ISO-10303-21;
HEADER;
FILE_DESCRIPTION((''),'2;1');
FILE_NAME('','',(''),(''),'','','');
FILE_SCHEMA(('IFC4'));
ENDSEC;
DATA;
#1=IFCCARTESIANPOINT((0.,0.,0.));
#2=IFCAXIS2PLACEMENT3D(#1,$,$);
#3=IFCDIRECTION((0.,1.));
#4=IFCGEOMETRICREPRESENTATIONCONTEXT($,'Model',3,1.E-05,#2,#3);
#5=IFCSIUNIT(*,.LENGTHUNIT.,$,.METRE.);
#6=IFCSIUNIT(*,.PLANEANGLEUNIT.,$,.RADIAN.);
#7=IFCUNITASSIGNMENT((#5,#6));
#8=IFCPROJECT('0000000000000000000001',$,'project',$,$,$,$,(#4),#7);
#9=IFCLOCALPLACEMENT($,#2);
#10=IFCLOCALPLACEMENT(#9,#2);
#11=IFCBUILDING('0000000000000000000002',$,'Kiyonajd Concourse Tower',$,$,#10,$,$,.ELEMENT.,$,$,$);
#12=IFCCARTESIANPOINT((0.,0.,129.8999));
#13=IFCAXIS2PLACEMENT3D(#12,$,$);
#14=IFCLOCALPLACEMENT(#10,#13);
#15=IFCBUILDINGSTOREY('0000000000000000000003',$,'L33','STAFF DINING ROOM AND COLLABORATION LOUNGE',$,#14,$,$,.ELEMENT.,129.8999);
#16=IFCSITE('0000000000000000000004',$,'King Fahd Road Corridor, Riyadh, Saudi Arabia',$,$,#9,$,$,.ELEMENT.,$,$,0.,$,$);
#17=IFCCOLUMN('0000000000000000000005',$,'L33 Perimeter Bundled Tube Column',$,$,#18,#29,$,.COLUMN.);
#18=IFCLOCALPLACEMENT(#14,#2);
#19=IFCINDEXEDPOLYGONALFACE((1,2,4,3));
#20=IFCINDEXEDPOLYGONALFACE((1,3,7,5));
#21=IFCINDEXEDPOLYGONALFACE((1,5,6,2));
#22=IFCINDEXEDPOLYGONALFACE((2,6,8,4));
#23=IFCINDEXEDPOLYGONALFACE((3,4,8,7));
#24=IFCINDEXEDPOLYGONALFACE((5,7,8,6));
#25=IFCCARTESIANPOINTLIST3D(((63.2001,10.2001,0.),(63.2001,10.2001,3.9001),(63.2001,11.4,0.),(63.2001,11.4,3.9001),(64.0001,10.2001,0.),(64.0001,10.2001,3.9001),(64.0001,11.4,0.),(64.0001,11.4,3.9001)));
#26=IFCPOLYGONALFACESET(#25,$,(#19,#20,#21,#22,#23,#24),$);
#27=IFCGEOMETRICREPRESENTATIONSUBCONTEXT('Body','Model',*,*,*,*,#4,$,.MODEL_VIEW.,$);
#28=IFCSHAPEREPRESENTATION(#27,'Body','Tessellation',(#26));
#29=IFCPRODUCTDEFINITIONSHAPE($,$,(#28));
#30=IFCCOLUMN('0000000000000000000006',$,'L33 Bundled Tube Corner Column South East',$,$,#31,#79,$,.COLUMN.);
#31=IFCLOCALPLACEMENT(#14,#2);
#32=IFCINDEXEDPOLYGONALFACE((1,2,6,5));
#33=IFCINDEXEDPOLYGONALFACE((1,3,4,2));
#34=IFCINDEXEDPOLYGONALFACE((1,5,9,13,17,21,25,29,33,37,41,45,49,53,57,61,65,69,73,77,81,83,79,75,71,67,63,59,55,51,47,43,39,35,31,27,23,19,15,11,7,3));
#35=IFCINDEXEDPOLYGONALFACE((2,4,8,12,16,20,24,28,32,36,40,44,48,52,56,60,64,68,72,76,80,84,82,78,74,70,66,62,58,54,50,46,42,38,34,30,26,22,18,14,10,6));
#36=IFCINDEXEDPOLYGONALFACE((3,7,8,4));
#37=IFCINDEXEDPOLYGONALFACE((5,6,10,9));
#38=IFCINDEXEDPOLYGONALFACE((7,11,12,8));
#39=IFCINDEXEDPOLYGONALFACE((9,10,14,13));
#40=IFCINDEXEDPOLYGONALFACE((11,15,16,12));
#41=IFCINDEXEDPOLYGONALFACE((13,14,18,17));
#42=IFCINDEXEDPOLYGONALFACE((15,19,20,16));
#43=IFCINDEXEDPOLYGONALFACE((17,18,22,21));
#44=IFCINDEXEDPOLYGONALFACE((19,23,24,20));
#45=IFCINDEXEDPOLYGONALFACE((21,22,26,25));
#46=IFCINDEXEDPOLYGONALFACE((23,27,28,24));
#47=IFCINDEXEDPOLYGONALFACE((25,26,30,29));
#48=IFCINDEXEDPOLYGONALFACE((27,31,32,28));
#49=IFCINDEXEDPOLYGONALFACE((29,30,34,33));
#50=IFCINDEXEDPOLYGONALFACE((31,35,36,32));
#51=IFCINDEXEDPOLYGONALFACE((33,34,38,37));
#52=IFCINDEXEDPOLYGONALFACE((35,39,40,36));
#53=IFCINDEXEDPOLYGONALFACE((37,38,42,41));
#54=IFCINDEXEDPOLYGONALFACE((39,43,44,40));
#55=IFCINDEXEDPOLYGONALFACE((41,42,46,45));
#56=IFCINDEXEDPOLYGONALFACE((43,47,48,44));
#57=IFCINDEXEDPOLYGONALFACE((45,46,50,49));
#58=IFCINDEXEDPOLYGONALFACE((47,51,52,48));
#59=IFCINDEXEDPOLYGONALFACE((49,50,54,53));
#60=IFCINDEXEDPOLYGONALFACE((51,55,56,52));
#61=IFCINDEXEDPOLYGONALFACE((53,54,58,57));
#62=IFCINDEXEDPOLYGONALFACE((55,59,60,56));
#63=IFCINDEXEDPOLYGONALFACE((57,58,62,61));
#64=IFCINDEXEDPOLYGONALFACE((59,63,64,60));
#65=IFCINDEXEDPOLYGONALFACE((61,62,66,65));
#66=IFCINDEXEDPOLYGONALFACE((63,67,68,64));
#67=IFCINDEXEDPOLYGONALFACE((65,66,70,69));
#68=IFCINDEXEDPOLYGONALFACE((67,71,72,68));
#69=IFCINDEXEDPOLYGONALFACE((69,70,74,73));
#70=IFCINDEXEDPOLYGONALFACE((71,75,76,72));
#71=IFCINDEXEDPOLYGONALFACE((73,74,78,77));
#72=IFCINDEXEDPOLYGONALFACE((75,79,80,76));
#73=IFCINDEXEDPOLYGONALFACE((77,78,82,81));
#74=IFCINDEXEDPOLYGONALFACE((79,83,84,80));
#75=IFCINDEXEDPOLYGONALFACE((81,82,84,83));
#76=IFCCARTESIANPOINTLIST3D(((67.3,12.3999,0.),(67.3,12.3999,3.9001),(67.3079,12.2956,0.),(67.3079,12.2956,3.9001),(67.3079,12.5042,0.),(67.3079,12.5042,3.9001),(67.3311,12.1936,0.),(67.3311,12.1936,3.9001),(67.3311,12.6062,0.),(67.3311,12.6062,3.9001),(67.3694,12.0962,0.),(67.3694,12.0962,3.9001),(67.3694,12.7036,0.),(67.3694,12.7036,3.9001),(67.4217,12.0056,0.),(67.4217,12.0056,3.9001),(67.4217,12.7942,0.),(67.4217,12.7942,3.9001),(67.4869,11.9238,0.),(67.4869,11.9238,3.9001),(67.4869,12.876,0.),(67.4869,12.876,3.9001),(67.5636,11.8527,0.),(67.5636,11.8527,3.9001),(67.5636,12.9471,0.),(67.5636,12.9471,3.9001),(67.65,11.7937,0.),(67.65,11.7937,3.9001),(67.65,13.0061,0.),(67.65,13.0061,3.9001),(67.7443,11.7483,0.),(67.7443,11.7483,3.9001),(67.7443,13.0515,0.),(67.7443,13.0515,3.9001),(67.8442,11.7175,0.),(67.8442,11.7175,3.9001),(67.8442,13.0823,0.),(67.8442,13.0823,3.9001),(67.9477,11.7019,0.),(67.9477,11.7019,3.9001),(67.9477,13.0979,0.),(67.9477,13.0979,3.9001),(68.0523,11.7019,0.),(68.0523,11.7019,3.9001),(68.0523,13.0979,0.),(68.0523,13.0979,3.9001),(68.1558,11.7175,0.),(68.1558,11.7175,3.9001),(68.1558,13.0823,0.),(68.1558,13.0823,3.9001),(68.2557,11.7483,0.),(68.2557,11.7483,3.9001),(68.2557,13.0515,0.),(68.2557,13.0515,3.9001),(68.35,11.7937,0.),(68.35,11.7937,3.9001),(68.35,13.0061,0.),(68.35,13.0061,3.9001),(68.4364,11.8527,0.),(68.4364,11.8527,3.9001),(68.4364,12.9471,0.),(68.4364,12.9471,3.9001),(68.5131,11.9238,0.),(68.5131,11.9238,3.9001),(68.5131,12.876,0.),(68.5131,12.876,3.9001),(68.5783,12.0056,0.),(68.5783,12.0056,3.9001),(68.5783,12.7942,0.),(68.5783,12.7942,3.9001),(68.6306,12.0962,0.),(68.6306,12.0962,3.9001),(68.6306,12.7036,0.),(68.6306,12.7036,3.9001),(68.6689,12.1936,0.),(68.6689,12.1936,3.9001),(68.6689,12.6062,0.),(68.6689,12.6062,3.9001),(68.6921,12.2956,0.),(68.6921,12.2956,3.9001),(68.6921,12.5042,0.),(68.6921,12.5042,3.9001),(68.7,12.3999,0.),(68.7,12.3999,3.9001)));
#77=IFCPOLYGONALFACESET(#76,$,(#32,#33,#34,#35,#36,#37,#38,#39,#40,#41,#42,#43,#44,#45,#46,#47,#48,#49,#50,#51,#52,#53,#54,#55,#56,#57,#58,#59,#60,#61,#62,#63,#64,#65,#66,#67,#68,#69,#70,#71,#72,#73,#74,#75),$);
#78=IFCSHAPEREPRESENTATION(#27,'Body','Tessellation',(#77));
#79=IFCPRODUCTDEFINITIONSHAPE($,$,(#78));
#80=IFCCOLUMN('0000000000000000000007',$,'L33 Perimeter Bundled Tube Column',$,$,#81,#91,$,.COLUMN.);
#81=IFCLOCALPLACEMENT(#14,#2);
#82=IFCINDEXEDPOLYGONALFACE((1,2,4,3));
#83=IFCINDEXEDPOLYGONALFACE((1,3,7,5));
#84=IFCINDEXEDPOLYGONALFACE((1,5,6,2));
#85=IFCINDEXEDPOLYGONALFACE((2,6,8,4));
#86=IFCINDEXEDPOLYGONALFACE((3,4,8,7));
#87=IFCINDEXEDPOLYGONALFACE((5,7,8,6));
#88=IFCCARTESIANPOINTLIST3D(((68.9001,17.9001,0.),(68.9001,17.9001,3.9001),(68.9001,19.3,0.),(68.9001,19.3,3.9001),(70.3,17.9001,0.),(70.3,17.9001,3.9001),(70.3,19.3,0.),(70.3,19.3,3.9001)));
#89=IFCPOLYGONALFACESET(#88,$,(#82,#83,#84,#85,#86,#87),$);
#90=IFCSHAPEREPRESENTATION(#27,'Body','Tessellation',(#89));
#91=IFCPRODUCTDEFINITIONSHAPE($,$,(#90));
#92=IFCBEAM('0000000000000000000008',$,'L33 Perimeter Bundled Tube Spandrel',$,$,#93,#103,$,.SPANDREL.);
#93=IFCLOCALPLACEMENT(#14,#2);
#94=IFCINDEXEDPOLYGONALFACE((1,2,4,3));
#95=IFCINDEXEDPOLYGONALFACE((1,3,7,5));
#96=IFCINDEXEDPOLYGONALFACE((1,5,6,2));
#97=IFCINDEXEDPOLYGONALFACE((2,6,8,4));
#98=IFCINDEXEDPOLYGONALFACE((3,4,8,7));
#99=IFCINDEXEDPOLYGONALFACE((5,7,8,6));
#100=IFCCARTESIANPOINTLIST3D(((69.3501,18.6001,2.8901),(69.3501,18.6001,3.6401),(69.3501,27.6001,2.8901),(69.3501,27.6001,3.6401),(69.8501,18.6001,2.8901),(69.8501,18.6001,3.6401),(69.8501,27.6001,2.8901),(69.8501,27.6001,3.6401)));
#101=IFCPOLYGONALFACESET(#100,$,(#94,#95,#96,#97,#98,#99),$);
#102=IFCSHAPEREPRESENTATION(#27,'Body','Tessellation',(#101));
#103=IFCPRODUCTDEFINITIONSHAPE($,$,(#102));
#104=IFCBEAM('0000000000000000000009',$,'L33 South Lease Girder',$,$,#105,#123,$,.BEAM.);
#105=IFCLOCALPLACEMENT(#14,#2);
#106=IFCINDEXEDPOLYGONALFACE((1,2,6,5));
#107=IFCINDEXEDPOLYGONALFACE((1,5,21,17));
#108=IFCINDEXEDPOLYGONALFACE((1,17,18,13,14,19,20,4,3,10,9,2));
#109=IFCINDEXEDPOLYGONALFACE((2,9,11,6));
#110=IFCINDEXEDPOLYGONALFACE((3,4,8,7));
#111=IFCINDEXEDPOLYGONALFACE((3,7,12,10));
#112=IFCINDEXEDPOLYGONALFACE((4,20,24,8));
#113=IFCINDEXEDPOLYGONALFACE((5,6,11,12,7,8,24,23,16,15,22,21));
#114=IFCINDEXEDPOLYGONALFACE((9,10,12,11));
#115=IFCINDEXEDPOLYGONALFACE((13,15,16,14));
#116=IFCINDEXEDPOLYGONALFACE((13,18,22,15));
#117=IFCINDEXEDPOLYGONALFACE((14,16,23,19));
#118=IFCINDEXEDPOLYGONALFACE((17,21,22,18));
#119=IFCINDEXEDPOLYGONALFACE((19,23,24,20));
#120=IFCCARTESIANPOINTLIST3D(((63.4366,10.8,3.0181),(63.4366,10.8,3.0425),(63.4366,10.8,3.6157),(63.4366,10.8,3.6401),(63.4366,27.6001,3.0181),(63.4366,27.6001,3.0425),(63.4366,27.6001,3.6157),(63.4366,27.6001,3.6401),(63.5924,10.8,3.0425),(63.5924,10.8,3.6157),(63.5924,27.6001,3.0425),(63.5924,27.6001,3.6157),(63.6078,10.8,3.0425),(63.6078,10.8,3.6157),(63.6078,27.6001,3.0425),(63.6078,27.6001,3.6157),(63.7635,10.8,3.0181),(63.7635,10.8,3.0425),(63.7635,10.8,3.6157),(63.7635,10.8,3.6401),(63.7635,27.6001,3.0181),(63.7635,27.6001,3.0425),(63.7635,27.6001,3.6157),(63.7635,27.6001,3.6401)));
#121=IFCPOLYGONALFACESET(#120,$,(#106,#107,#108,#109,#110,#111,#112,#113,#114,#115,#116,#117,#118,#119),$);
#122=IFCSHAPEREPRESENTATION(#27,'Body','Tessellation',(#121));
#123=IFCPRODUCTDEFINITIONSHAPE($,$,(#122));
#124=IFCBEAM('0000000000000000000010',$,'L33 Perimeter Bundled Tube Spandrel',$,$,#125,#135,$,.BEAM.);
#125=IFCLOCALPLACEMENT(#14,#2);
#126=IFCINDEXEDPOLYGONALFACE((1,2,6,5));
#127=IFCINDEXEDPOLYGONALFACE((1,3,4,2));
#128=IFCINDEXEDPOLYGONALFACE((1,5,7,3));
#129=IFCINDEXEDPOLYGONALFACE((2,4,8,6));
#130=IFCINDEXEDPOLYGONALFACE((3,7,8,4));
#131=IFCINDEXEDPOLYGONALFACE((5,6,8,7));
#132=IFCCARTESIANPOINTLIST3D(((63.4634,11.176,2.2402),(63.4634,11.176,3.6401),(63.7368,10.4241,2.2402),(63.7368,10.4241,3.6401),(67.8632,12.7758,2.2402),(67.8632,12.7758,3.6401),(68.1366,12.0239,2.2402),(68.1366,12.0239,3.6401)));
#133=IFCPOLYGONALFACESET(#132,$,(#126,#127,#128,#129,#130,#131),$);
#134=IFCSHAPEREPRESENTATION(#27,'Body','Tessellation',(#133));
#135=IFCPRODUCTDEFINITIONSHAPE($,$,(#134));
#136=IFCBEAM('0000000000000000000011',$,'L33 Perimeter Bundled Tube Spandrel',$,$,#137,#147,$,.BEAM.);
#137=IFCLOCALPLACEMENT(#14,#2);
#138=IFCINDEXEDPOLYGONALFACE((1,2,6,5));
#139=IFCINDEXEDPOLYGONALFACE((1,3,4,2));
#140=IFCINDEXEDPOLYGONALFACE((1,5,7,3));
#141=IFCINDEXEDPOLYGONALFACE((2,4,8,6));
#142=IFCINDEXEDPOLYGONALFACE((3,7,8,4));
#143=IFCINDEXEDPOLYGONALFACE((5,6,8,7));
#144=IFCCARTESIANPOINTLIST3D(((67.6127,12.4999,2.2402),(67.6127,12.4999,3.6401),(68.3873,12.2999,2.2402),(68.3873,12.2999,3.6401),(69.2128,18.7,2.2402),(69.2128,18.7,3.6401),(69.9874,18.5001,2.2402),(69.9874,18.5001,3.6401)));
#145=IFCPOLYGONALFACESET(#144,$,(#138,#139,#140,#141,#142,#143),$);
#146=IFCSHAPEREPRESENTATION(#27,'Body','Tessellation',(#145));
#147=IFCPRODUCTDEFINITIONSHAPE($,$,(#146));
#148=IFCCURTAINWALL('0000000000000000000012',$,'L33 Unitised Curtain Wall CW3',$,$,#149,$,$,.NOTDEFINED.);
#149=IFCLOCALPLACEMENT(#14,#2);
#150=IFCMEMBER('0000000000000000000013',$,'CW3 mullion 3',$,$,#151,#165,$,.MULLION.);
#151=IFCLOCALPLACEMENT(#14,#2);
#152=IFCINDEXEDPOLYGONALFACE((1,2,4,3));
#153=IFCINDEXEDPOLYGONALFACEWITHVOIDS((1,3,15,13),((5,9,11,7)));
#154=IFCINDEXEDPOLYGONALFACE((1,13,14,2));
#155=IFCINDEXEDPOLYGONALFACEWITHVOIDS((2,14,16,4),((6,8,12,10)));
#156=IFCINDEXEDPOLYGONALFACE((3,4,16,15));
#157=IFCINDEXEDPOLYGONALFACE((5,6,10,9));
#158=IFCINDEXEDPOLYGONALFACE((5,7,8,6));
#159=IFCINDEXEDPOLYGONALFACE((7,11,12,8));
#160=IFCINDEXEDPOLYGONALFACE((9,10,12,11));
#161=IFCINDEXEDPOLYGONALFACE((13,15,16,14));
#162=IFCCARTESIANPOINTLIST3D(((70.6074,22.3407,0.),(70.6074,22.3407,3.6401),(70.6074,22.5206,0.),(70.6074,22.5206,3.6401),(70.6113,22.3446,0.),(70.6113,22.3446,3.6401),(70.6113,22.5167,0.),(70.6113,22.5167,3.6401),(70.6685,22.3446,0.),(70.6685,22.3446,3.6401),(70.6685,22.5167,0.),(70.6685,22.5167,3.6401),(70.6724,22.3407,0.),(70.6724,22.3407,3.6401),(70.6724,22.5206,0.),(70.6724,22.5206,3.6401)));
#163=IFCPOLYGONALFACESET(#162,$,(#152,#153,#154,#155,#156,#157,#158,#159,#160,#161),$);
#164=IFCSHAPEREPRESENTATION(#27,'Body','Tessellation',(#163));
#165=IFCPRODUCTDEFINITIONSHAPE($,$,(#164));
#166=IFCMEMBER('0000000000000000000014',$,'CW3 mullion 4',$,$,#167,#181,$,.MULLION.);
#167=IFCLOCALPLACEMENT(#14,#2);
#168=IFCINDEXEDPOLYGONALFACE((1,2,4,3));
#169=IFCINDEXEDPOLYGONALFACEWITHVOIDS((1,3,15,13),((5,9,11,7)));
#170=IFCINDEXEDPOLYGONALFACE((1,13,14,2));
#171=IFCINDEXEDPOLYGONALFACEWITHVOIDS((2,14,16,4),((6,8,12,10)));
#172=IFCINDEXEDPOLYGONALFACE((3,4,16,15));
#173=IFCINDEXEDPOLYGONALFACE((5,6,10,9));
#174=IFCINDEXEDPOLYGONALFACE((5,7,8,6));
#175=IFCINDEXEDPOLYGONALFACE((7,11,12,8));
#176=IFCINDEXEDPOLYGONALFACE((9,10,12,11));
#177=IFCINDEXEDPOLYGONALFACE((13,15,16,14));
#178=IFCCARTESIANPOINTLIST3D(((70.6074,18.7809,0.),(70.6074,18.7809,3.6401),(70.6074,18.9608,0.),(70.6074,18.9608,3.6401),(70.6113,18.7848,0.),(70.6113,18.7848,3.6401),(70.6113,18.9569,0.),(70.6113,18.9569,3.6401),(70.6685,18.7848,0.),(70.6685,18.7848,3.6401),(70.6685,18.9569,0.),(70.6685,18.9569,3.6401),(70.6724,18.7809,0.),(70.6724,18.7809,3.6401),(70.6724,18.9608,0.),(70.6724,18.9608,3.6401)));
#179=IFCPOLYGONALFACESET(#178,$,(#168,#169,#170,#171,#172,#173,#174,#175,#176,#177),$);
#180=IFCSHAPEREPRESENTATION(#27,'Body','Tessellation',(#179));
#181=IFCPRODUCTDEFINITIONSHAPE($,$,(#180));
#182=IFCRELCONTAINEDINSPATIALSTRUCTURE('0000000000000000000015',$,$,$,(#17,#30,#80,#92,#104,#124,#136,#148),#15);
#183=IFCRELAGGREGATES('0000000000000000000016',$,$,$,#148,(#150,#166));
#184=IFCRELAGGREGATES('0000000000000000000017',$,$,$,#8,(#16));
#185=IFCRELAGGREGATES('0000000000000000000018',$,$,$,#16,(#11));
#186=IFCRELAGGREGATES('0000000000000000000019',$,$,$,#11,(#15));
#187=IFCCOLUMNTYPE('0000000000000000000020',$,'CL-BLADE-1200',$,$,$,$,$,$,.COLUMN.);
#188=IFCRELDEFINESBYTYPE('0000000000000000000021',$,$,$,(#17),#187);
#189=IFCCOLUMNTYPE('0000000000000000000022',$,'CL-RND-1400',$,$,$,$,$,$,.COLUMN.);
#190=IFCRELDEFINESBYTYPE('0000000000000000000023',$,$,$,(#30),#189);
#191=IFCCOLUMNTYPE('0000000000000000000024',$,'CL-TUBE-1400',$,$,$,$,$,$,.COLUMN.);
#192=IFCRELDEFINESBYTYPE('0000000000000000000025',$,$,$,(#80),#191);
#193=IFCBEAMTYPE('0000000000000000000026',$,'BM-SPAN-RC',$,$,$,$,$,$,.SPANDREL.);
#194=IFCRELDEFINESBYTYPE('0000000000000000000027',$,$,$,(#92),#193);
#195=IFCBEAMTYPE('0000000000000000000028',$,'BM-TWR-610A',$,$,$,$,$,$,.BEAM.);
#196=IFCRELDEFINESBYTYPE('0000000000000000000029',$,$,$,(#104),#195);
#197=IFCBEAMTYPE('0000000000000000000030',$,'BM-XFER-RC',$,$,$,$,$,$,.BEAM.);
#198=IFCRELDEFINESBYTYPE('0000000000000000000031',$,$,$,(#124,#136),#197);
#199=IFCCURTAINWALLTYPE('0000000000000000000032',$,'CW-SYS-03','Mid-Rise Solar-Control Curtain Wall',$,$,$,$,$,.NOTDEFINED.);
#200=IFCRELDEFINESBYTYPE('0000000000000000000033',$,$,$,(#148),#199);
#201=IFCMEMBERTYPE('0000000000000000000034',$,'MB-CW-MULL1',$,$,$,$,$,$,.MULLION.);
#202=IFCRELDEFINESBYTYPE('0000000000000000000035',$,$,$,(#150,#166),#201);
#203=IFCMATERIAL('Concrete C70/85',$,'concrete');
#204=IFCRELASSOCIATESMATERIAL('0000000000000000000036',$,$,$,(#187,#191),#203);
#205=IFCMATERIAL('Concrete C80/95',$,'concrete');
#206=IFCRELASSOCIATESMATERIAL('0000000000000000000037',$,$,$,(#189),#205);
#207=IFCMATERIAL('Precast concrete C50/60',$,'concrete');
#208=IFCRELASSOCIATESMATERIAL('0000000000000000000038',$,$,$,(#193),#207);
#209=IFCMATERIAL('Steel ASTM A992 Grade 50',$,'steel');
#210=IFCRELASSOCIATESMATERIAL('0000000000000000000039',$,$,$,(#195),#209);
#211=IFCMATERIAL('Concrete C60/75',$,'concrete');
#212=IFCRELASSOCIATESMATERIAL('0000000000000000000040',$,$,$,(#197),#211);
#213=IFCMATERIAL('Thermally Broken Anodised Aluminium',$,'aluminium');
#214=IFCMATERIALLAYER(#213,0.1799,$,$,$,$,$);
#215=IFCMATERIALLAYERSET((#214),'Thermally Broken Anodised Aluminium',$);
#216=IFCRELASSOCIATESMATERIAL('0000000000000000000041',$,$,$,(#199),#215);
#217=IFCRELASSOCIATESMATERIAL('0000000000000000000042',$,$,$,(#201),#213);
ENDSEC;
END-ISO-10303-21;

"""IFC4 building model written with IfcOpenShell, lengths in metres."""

from ifc_helpers import new_model, si_unit, direction, frame, origin, origin_2d, place, context, subcontext, project, spatial, rectangle, hollow_rectangle, circle, i_section, extrude, material, layer, layer_set, material_profile, profile_set, type_object, element, aggregate, save


model = new_model("IFC4")

# Units and contexts
model_context = context("Model", 3, precision=1e-05, world=origin(), true_north=direction((0.0, 1.0)))
body_context = subcontext(model_context, "Body", "Model", "MODEL_VIEW")
ifc_project = project(units=[si_unit("LENGTHUNIT", "METRE"), si_unit("PLANEANGLEUNIT", "RADIAN")], contexts=[model_context])

# Site, building, storey
site_placement = place(None, origin())
site = spatial("IfcSite", under=ifc_project, at=site_placement, Name="King Fahd Road Corridor, Riyadh, Saudi Arabia", CompositionType="ELEMENT", RefElevation=0.0)
building_placement = place(site_placement, origin())
building = spatial("IfcBuilding", under=site, at=building_placement, Name="Kiyonajd Concourse Tower", CompositionType="ELEMENT")
storey_placement = place(building_placement, frame((0.0, 0.0, 129.8999)))
storey = spatial("IfcBuildingStorey", under=building, at=storey_placement, Name="L33", Description="STAFF DINING ROOM AND COLLABORATION LOUNGE", CompositionType="ELEMENT", Elevation=129.8999)

# Columns
ifc_material_1 = material(Name="Concrete C70/85", Category="concrete")
ifc_material_profile_1 = material_profile(ifc_material_1, rectangle(XDim=0.8, YDim=1.2, at=origin_2d()), Name="RC-1200x800")
ifc_profile_set_1 = profile_set([ifc_material_profile_1], Name="Concrete C70/85")
column_type_1 = type_object("IfcColumnType", Name="CL-BLADE-1200", PredefinedType="COLUMN", material=ifc_profile_set_1)
column_1_placement = place(storey_placement, frame((63.6001, 10.8, 0.0), z_axis=(0.0, 0.0, 1.0), x_axis=(1.0, 0.0, 0.0)))
element("IfcColumn", 1, at=column_1_placement, inside=storey, type_object=column_type_1, Name="L33 Perimeter Bundled Tube Column", PredefinedType="COLUMN", context=body_context, shape_type="SweptSolid", body=[
    extrude(rectangle(XDim=0.8, YDim=1.2, at=origin_2d()), origin(), (0.0, 0.0, 1.0), 3.9001),
])
ifc_material_2 = material(Name="Concrete C80/95", Category="concrete")
ifc_material_profile_2 = material_profile(ifc_material_2, circle(Radius=0.7, at=origin_2d()), Name="RCC-D1400")
ifc_profile_set_2 = profile_set([ifc_material_profile_2], Name="Concrete C80/95")
column_type_2 = type_object("IfcColumnType", Name="CL-RND-1400", PredefinedType="COLUMN", material=ifc_profile_set_2)
column_2_placement = place(storey_placement, frame((68.0, 12.3999, 0.0), z_axis=(0.0, 0.0, 1.0), x_axis=(1.0, 0.0, 0.0)))
element("IfcColumn", 2, at=column_2_placement, inside=storey, type_object=column_type_2, Name="L33 Bundled Tube Corner Column South East", PredefinedType="COLUMN", context=body_context, shape_type="SweptSolid", body=[
    extrude(circle(Radius=0.7, at=origin_2d()), origin(), (0.0, 0.0, 1.0), 3.9001),
])
ifc_material_profile_3 = material_profile(ifc_material_1, rectangle(XDim=1.3999, YDim=1.3999, at=origin_2d()), Name="RC-1400x1400")
ifc_profile_set_3 = profile_set([ifc_material_profile_3], Name="Concrete C70/85")
column_type_3 = type_object("IfcColumnType", Name="CL-TUBE-1400", PredefinedType="COLUMN", material=ifc_profile_set_3)
column_3_placement = place(storey_placement, frame((69.6001, 18.6001, 0.0), z_axis=(0.0, 0.0, 1.0), x_axis=(1.0, 0.0, 0.0)))
element("IfcColumn", 3, at=column_3_placement, inside=storey, type_object=column_type_3, Name="L33 Perimeter Bundled Tube Column", PredefinedType="COLUMN", context=body_context, shape_type="SweptSolid", body=[
    extrude(rectangle(XDim=1.3999, YDim=1.3999, at=origin_2d()), origin(), (0.0, 0.0, 1.0), 3.9001),
])

# Beams
ifc_material_3 = material(Name="Precast concrete C50/60", Category="concrete")
ifc_material_profile_4 = material_profile(ifc_material_3, rectangle(XDim=0.5, YDim=0.75, at=origin_2d()), Name="RCBM-500x750")
ifc_profile_set_4 = profile_set([ifc_material_profile_4], Name="Precast concrete C50/60")
beam_type_1 = type_object("IfcBeamType", Name="BM-SPAN-RC", PredefinedType="SPANDREL", material=ifc_profile_set_4)
beam_1_placement = place(storey_placement, frame((69.6001, 18.6001, 3.2651), z_axis=(0.0, 1.0, 0.0), x_axis=(-1.0, 0.0, 0.0)))
element("IfcBeam", 4, at=beam_1_placement, inside=storey, type_object=beam_type_1, Name="L33 Perimeter Bundled Tube Spandrel", PredefinedType="SPANDREL", context=body_context, shape_type="SweptSolid", body=[
    extrude(rectangle(XDim=0.5, YDim=0.75, at=origin_2d()), origin(), (0.0, 0.0, 1.0), 9.0),
])
ifc_material_4 = material(Name="Steel ASTM A992 Grade 50", Category="steel")
ifc_material_profile_5 = material_profile(ifc_material_4, i_section(OverallWidth=0.3269, OverallDepth=0.6221, WebThickness=0.0154, FlangeThickness=0.0244, at=origin_2d()), Name="W610X195")
ifc_profile_set_5 = profile_set([ifc_material_profile_5], Name="Steel ASTM A992 Grade 50")
beam_type_2 = type_object("IfcBeamType", Name="BM-TWR-610A", PredefinedType="BEAM", material=ifc_profile_set_5)
beam_2_placement = place(storey_placement, frame((63.6001, 10.8, 3.3291), z_axis=(0.0, 1.0, 0.0), x_axis=(-1.0, 0.0, 0.0)))
element("IfcBeam", 5, at=beam_2_placement, inside=storey, type_object=beam_type_2, Name="L33 South Lease Girder", PredefinedType="BEAM", context=body_context, shape_type="SweptSolid", body=[
    extrude(i_section(OverallWidth=0.3269, OverallDepth=0.6221, WebThickness=0.0154, FlangeThickness=0.0244, at=origin_2d()), origin(), (0.0, 0.0, 1.0), 16.8),
])
ifc_material_5 = material(Name="Concrete C60/75", Category="concrete")
ifc_material_profile_6 = material_profile(ifc_material_5, rectangle(XDim=0.8, YDim=1.3999, at=origin_2d()), Name="RCBM-800x1400")
ifc_profile_set_6 = profile_set([ifc_material_profile_6], Name="Concrete C60/75")
beam_type_3 = type_object("IfcBeamType", Name="BM-XFER-RC", PredefinedType="BEAM", material=ifc_profile_set_6)
beam_3_placement = place(storey_placement, frame((63.6001, 10.8, 2.9402), z_axis=(0.939801, 0.341722, 0.0), x_axis=(-0.341722, 0.939801, 0.0)))
element("IfcBeam", 6, at=beam_3_placement, inside=storey, type_object=beam_type_3, Name="L33 Perimeter Bundled Tube Spandrel", PredefinedType="BEAM", context=body_context, shape_type="SweptSolid", body=[
    extrude(rectangle(XDim=0.8, YDim=1.3999, at=origin_2d()), origin(), (0.0, 0.0, 1.0), 4.6816),
])
beam_4_placement = place(storey_placement, frame((68.0, 12.3999, 2.9402), z_axis=(0.249885, 0.968276, 0.0), x_axis=(-0.968276, 0.249885, 0.0)))
element("IfcBeam", 7, at=beam_4_placement, inside=storey, type_object=beam_type_3, Name="L33 Perimeter Bundled Tube Spandrel", PredefinedType="BEAM", context=body_context, shape_type="SweptSolid", body=[
    extrude(rectangle(XDim=0.8, YDim=1.3999, at=origin_2d()), origin(), (0.0, 0.0, 1.0), 6.4033),
])

# Curtain wall, members
ifc_material_6 = material(Name="Thermally Broken Anodised Aluminium", Category="aluminium")
ifc_layer_1 = layer(ifc_material_6, 0.1799)
ifc_layer_set_1 = layer_set([ifc_layer_1], Name="Thermally Broken Anodised Aluminium")
curtain_wall_type = type_object("IfcCurtainWallType", Name="CW-SYS-03", Description="Mid-Rise Solar-Control Curtain Wall", PredefinedType="NOTDEFINED", material=ifc_layer_set_1)
curtain_wall_placement = place(storey_placement, origin())
curtain_wall = element("IfcCurtainWall", 8, at=curtain_wall_placement, inside=storey, type_object=curtain_wall_type, Name="L33 Unitised Curtain Wall CW3", PredefinedType="NOTDEFINED")
ifc_material_profile_7 = material_profile(ifc_material_6, hollow_rectangle(XDim=0.0649, YDim=0.1799, WallThickness=0.0039, at=origin_2d()), Name="MULL-65x180")
ifc_profile_set_7 = profile_set([ifc_material_profile_7], Name="Thermally Broken Anodised Aluminium")
member_type_1 = type_object("IfcMemberType", Name="MB-CW-MULL1", PredefinedType="MULLION", material=ifc_profile_set_7)
member_1_placement = place(storey_placement, frame((70.6399, 22.4307, 0.0), z_axis=(0.0, 0.0, 1.0), x_axis=(1.0, 0.0, 0.0)))
member_1 = element("IfcMember", 9, at=member_1_placement, type_object=member_type_1, Name="CW3 mullion 3", PredefinedType="MULLION", context=body_context, shape_type="SweptSolid", body=[
    extrude(hollow_rectangle(XDim=0.0649, YDim=0.1799, WallThickness=0.0039, at=origin_2d()), origin(), (0.0, 0.0, 1.0), 3.6401),
])
member_2_placement = place(storey_placement, frame((70.6399, 18.8708, 0.0), z_axis=(0.0, 0.0, 1.0), x_axis=(1.0, 0.0, 0.0)))
member_2 = element("IfcMember", 10, at=member_2_placement, type_object=member_type_1, Name="CW3 mullion 4", PredefinedType="MULLION", context=body_context, shape_type="SweptSolid", body=[
    extrude(hollow_rectangle(XDim=0.0649, YDim=0.1799, WallThickness=0.0039, at=origin_2d()), origin(), (0.0, 0.0, 1.0), 3.6401),
])
aggregate(curtain_wall, [member_1, member_2])

save(model, "model.ifc")
